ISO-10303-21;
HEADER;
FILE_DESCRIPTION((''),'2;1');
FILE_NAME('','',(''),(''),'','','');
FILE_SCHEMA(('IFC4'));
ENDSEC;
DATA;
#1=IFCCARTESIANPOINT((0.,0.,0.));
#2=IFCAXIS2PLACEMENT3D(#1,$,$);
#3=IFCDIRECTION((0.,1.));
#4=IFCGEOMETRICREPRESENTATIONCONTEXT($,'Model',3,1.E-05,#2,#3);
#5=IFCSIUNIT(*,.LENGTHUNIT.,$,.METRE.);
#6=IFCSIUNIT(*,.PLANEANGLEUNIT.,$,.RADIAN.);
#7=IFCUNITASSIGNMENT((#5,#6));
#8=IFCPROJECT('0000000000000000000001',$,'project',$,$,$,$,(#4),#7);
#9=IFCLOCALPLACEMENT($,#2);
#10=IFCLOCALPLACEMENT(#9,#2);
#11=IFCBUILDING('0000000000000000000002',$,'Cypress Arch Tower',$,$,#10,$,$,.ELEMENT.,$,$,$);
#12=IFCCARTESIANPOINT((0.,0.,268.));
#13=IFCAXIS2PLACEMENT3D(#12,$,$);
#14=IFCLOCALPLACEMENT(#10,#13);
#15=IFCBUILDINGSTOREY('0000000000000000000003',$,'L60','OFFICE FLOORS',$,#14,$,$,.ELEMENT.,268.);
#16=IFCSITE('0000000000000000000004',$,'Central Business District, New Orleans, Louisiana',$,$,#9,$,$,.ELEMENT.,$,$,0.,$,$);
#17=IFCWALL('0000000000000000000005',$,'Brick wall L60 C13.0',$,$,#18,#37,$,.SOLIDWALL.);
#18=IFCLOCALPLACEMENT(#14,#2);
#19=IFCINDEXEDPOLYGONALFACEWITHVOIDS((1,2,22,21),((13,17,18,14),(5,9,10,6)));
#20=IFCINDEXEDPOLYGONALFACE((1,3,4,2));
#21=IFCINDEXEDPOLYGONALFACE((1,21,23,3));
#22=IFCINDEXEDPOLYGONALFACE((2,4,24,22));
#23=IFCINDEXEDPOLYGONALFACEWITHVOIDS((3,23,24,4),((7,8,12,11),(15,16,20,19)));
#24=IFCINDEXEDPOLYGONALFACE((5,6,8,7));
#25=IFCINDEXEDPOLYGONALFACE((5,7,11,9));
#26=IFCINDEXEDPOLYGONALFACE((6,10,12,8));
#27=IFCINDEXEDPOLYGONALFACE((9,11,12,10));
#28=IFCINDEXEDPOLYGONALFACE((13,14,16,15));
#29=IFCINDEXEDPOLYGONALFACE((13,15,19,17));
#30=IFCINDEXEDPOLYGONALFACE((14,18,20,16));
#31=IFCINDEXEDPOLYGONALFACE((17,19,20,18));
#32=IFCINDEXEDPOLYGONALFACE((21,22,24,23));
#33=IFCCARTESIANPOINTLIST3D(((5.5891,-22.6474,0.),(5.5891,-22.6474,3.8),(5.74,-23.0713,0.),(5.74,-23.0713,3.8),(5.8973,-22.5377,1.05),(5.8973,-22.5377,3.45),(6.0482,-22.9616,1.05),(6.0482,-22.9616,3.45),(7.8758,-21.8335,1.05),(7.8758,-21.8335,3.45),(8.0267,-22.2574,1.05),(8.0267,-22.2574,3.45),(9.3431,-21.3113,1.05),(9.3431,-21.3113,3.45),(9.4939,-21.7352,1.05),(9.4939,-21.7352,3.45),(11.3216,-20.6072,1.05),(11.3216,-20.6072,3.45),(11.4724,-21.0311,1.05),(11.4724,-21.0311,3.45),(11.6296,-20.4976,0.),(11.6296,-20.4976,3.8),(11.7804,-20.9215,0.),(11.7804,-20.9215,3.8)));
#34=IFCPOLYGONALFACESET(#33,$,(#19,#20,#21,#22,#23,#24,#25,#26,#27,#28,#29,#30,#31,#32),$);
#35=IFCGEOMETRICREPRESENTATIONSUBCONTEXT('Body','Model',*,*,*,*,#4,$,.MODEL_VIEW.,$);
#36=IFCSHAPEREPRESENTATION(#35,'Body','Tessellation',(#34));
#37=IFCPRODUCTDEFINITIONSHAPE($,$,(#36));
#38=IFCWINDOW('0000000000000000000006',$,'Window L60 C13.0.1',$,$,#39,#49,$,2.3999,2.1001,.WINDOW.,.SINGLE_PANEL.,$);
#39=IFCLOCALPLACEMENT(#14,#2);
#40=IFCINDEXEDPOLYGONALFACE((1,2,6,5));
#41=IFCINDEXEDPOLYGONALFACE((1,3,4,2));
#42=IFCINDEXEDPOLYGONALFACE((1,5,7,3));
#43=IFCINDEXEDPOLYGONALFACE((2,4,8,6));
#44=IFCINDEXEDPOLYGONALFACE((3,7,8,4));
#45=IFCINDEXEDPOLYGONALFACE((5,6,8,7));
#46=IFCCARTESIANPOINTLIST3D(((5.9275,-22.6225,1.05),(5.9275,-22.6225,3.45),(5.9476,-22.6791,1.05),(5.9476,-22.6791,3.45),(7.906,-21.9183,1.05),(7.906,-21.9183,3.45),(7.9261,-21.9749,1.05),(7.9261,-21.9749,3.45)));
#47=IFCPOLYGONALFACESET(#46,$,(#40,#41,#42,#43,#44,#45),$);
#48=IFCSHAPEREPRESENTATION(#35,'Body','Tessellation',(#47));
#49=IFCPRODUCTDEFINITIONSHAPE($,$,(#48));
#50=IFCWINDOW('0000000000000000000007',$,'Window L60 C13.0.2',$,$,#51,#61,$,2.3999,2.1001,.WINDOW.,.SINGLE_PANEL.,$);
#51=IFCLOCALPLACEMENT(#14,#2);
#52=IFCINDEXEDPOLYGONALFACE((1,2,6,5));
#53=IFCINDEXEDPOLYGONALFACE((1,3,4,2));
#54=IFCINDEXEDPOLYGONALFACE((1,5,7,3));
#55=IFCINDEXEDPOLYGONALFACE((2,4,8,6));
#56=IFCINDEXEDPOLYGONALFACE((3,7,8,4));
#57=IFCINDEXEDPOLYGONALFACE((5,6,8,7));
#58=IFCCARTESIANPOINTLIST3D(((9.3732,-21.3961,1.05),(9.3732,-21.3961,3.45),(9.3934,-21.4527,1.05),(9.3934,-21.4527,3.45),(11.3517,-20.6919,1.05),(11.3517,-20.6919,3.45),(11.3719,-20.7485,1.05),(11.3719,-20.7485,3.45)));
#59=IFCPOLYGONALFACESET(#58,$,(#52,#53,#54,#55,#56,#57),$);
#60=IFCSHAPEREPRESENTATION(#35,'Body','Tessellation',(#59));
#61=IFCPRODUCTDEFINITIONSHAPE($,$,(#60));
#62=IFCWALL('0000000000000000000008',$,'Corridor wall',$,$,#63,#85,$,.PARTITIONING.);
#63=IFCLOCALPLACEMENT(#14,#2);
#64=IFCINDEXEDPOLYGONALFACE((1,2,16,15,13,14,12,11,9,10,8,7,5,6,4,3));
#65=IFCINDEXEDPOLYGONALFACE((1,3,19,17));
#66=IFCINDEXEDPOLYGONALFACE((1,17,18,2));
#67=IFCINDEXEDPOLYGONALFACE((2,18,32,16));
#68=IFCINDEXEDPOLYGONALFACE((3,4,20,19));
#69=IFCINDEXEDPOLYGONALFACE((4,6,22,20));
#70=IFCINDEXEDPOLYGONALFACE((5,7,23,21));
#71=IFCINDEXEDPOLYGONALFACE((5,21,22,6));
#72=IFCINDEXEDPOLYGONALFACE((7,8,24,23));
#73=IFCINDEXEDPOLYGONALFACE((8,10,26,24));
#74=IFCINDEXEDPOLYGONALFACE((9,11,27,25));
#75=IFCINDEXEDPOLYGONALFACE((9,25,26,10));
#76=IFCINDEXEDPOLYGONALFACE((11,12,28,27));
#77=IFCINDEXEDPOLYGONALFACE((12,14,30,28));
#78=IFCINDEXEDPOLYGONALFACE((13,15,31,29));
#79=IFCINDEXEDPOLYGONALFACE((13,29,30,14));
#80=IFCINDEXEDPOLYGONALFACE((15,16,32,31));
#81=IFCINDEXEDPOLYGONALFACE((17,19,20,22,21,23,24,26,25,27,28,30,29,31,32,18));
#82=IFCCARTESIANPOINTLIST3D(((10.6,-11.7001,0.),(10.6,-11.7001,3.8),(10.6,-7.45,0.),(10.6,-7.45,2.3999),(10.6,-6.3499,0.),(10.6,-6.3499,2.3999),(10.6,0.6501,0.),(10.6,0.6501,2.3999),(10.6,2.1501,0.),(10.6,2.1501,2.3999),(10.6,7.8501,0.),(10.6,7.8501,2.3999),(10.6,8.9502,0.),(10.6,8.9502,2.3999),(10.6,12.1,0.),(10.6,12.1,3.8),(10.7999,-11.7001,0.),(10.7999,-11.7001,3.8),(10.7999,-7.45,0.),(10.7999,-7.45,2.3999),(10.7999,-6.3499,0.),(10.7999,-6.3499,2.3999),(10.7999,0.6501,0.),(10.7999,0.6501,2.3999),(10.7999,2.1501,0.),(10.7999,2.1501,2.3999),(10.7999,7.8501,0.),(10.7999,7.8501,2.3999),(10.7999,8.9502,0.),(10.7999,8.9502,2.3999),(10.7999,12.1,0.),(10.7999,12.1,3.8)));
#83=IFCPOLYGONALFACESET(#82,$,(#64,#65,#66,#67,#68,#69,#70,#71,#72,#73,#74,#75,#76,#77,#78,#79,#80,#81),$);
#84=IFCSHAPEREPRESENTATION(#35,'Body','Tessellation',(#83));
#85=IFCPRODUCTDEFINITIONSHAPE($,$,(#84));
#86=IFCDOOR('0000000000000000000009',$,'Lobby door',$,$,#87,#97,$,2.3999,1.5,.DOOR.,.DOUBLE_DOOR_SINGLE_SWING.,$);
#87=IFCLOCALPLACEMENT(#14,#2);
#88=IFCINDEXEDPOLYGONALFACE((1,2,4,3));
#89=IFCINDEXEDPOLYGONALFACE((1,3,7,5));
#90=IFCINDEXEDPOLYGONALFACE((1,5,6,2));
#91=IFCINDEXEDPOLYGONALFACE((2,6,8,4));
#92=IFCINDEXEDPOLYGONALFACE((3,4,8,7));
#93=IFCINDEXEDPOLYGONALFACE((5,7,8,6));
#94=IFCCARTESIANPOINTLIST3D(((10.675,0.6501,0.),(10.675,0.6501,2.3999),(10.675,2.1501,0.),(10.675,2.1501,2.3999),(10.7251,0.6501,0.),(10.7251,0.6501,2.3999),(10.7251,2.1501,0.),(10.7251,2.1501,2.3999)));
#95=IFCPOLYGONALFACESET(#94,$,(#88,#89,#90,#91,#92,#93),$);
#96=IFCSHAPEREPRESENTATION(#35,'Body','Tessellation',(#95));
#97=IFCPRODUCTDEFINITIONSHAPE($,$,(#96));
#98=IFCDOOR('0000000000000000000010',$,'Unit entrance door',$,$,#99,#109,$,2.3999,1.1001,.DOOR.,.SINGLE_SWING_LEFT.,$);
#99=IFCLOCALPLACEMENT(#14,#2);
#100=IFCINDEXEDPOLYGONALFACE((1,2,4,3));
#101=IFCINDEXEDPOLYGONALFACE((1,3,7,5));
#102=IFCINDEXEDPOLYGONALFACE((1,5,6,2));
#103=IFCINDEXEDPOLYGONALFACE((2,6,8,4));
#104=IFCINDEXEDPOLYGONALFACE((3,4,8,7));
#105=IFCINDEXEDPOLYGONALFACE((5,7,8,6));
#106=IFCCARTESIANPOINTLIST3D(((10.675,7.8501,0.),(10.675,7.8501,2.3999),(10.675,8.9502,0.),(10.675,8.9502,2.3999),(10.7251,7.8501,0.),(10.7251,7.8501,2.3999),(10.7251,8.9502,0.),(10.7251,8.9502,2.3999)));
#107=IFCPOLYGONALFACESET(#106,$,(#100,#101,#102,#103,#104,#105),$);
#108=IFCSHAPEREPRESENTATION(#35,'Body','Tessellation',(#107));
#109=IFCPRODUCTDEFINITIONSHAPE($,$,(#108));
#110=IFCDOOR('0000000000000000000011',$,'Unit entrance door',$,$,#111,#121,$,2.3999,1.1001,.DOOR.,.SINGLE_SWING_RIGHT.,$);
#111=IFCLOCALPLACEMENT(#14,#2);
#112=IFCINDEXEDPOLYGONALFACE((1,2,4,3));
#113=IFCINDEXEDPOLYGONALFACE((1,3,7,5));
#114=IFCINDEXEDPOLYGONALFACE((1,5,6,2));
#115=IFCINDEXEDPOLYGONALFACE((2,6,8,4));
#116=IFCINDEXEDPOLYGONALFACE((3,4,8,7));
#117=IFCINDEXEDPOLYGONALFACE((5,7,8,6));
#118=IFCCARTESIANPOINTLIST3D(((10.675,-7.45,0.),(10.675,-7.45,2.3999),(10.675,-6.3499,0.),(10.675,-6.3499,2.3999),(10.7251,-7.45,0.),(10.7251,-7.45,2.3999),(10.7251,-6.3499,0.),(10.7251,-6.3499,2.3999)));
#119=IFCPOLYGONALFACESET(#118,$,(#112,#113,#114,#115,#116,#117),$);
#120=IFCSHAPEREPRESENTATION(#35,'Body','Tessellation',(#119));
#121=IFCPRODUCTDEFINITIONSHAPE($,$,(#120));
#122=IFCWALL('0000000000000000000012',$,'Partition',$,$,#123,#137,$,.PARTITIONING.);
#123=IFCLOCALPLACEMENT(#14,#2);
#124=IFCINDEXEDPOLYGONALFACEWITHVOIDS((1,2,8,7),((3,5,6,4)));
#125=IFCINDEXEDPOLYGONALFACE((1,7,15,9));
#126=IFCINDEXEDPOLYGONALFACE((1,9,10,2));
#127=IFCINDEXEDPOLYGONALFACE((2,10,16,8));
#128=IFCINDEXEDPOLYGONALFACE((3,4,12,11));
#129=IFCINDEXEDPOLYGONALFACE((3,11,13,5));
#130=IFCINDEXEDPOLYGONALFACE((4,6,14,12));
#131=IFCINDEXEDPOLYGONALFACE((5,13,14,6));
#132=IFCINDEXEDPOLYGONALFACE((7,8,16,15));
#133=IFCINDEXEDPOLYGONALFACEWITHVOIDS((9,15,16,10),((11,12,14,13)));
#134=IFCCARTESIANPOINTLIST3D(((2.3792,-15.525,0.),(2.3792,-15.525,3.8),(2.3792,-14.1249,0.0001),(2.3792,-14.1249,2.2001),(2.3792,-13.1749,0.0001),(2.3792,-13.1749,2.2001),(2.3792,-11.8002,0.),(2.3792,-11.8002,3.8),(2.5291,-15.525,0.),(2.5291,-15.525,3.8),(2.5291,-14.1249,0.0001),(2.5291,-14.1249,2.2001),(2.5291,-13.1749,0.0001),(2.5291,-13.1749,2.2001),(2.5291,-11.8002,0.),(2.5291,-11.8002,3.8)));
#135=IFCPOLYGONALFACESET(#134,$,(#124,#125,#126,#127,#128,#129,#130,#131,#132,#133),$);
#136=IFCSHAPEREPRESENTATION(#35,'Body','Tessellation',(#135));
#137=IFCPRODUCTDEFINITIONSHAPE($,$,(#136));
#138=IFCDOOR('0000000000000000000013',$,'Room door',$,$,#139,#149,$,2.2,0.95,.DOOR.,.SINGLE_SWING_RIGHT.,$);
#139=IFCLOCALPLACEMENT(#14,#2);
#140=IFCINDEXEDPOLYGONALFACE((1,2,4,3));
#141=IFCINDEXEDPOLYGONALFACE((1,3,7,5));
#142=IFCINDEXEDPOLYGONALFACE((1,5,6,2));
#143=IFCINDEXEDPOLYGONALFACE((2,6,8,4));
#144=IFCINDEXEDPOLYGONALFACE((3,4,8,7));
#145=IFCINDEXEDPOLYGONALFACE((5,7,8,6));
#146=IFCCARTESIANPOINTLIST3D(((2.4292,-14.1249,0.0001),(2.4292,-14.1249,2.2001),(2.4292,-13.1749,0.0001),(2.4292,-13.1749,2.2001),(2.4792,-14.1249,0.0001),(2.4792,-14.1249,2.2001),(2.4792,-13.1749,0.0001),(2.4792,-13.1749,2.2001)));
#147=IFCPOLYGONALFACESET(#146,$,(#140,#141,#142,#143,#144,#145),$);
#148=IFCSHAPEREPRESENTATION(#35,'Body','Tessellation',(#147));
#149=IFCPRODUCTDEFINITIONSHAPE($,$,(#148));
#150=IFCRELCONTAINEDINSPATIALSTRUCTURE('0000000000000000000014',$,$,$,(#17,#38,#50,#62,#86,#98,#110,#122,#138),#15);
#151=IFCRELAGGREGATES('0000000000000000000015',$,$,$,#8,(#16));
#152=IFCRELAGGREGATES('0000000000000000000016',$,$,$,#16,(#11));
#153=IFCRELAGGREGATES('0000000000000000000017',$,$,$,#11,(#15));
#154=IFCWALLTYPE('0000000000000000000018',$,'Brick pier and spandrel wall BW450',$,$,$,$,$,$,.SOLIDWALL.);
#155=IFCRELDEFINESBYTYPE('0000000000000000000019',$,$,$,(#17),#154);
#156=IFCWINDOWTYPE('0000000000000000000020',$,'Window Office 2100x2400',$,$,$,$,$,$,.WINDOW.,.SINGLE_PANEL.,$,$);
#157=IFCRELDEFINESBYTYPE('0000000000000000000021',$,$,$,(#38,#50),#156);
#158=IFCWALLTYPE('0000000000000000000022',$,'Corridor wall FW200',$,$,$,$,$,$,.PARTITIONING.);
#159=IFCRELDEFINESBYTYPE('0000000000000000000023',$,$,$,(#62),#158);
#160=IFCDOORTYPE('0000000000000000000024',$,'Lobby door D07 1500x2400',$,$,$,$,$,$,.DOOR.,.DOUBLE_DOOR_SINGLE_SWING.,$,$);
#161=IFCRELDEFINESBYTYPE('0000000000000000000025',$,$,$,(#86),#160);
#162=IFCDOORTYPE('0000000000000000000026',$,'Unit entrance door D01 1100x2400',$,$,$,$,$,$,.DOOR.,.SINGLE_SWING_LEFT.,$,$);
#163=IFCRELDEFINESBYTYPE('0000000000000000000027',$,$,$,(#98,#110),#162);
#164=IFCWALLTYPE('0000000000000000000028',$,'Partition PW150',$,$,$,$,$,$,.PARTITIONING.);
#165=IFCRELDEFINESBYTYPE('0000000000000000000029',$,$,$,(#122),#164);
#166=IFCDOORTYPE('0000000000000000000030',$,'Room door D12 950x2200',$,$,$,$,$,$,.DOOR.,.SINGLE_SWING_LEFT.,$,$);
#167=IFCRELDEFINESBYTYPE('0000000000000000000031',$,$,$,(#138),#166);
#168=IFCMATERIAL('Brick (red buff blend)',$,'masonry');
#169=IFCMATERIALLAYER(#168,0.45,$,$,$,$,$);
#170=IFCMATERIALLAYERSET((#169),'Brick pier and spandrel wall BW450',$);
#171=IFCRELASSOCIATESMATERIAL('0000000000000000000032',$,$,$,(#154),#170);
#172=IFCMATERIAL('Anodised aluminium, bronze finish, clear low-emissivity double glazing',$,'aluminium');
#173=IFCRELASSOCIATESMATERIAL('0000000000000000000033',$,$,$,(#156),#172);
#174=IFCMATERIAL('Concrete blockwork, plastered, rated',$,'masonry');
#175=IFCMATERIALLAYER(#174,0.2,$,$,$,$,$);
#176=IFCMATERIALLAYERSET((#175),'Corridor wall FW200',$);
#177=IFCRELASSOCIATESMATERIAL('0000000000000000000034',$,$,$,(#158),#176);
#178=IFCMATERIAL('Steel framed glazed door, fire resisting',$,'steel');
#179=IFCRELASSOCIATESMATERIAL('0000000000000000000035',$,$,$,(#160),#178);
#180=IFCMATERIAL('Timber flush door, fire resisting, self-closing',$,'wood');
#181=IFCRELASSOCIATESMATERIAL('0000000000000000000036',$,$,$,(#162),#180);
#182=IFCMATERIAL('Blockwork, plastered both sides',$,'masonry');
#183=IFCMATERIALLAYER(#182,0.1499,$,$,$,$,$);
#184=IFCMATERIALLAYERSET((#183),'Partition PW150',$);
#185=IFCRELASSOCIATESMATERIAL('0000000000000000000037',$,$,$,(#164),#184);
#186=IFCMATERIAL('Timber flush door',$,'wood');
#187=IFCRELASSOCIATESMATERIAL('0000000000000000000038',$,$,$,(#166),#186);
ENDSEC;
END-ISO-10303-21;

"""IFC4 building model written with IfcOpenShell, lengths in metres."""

from ifc_helpers import new_model, si_unit, direction, frame, frame_2d, origin, place, context, subcontext, project, spatial, rectangle, extrude, material, layer, layer_set, type_object, element, fill, save


model = new_model("IFC4")

# Units and contexts
model_context = context("Model", 3, precision=1e-05, world=origin(), true_north=direction((0.0, 1.0)))
body_context = subcontext(model_context, "Body", "Model", "MODEL_VIEW")
ifc_project = project(units=[si_unit("LENGTHUNIT", "METRE"), si_unit("PLANEANGLEUNIT", "RADIAN")], contexts=[model_context])

# Site, building, storey
site_placement = place(None, origin())
site = spatial("IfcSite", under=ifc_project, at=site_placement, Name="Central Business District, New Orleans, Louisiana", CompositionType="ELEMENT", RefElevation=0.0)
building_placement = place(site_placement, origin())
building = spatial("IfcBuilding", under=site, at=building_placement, Name="Cypress Arch Tower", CompositionType="ELEMENT")
storey_placement = place(building_placement, frame((0.0, 0.0, 268.0)))
storey = spatial("IfcBuildingStorey", under=building, at=storey_placement, Name="L60", Description="OFFICE FLOORS", CompositionType="ELEMENT", Elevation=268.0)

# Wall, openings, windows
ifc_material_1 = material(Name="Brick (red buff blend)", Category="masonry")
ifc_layer_1 = layer(ifc_material_1, 0.45)
ifc_layer_set_1 = layer_set([ifc_layer_1], Name="Brick pier and spandrel wall BW450")
wall_type_1 = type_object("IfcWallType", Name="Brick pier and spandrel wall BW450", PredefinedType="SOLIDWALL", material=ifc_layer_set_1)
wall_1_placement = place(storey_placement, frame((5.6646, -22.8594, 0.0), z_axis=(0.0, 0.0, 1.0), x_axis=(0.942108, 0.335309, 0.0)))
wall_1 = element("IfcWall", 1, at=wall_1_placement, inside=storey, type_object=wall_type_1, Name="Brick wall L60 C13.0", PredefinedType="SOLIDWALL", context=body_context, shape_type="SweptSolid", body=[
    extrude(rectangle(XDim=6.4116, YDim=0.45, at=frame_2d((3.2058, 0.0))), origin(), (0.0, 0.0, 1.0), 3.8),
])
opening_1_placement = place(wall_1_placement, frame((0.3271, 0.0, 1.05)))
opening_1 = element("IfcOpeningElement", 2, at=opening_1_placement, cuts=wall_1, PredefinedType="OPENING", context=body_context, shape_type="SweptSolid", body=[
    extrude(rectangle(XDim=2.1001, YDim=2.3999, at=frame_2d((1.05, 1.2))), frame((0.0, 0.2349, 0.0), z_axis=(0.0, -1.0, 0.0), x_axis=(1.0, 0.0, 0.0)), (0.0, 0.0, 1.0), 0.47),
])
opening_2_placement = place(wall_1_placement, frame((3.9846, 0.0, 1.05)))
opening_2 = element("IfcOpeningElement", 3, at=opening_2_placement, cuts=wall_1, PredefinedType="OPENING", context=body_context, shape_type="SweptSolid", body=[
    extrude(rectangle(XDim=2.1001, YDim=2.3999, at=frame_2d((1.05, 1.2))), frame((0.0, 0.2349, 0.0), z_axis=(0.0, -1.0, 0.0), x_axis=(1.0, 0.0, 0.0)), (0.0, 0.0, 1.0), 0.47),
])
ifc_material_2 = material(Name="Anodised aluminium, bronze finish, clear low-emissivity double glazing", Category="aluminium")
window_type = type_object("IfcWindowType", Name="Window Office 2100x2400", PartitioningType="SINGLE_PANEL", PredefinedType="WINDOW", material=ifc_material_2)
window_1_placement = place(opening_1_placement, origin())
window_1 = element("IfcWindow", 4, at=window_1_placement, inside=storey, type_object=window_type, Name="Window L60 C13.0.1", OverallHeight=2.3999, OverallWidth=2.1001, PartitioningType="SINGLE_PANEL", PredefinedType="WINDOW", context=body_context, shape_type="SweptSolid", body=[
    extrude(rectangle(XDim=2.1001, YDim=2.3999, at=frame_2d((1.05, 1.2))), frame((0.0, 0.135, 0.0), z_axis=(0.0, -1.0, 0.0), x_axis=(1.0, 0.0, 0.0)), (0.0, 0.0, 1.0), 0.0601),
])
fill(opening_1, window_1)
window_2_placement = place(opening_2_placement, origin())
window_2 = element("IfcWindow", 5, at=window_2_placement, inside=storey, type_object=window_type, Name="Window L60 C13.0.2", OverallHeight=2.3999, OverallWidth=2.1001, PartitioningType="SINGLE_PANEL", PredefinedType="WINDOW", context=body_context, shape_type="SweptSolid", body=[
    extrude(rectangle(XDim=2.1001, YDim=2.3999, at=frame_2d((1.05, 1.2))), frame((0.0, 0.135, 0.0), z_axis=(0.0, -1.0, 0.0), x_axis=(1.0, 0.0, 0.0)), (0.0, 0.0, 1.0), 0.0601),
])
fill(opening_2, window_2)

# Wall, openings, doors
ifc_material_3 = material(Name="Concrete blockwork, plastered, rated", Category="masonry")
ifc_layer_2 = layer(ifc_material_3, 0.2)
ifc_layer_set_2 = layer_set([ifc_layer_2], Name="Corridor wall FW200")
wall_type_2 = type_object("IfcWallType", Name="Corridor wall FW200", PredefinedType="PARTITIONING", material=ifc_layer_set_2)
wall_2_placement = place(storey_placement, frame((10.7, -11.7, 0.0), z_axis=(0.0, 0.0, 1.0), x_axis=(0.0, 1.0, 0.0)))
wall_2 = element("IfcWall", 6, at=wall_2_placement, inside=storey, type_object=wall_type_2, Name="Corridor wall", PredefinedType="PARTITIONING", context=body_context, shape_type="SweptSolid", body=[
    extrude(rectangle(XDim=23.8, YDim=0.2, at=frame_2d((11.8999, 0.0))), origin(), (0.0, 0.0, 1.0), 3.8),
])
opening_3_placement = place(wall_2_placement, frame((12.3501, 0.0, 0.0)))
opening_3 = element("IfcOpeningElement", 7, at=opening_3_placement, cuts=wall_2, PredefinedType="OPENING", context=body_context, shape_type="SweptSolid", body=[
    extrude(rectangle(XDim=1.5, YDim=2.3999, at=frame_2d((0.75, 1.2))), frame((0.0, 0.1099, 0.0), z_axis=(0.0, -1.0, 0.0), x_axis=(1.0, 0.0, 0.0)), (0.0, 0.0, 1.0), 0.22),
])
opening_4_placement = place(wall_2_placement, frame((19.55, 0.0, 0.0)))
opening_4 = element("IfcOpeningElement", 8, at=opening_4_placement, cuts=wall_2, PredefinedType="OPENING", context=body_context, shape_type="SweptSolid", body=[
    extrude(rectangle(XDim=1.1001, YDim=2.3999, at=frame_2d((0.55, 1.2))), frame((0.0, 0.1099, 0.0), z_axis=(0.0, -1.0, 0.0), x_axis=(1.0, 0.0, 0.0)), (0.0, 0.0, 1.0), 0.22),
])
opening_5_placement = place(wall_2_placement, frame((4.25, 0.0, 0.0)))
opening_5 = element("IfcOpeningElement", 9, at=opening_5_placement, cuts=wall_2, PredefinedType="OPENING", context=body_context, shape_type="SweptSolid", body=[
    extrude(rectangle(XDim=1.1001, YDim=2.3999, at=frame_2d((0.55, 1.2))), frame((0.0, 0.1099, 0.0), z_axis=(0.0, -1.0, 0.0), x_axis=(1.0, 0.0, 0.0)), (0.0, 0.0, 1.0), 0.22),
])
ifc_material_4 = material(Name="Steel framed glazed door, fire resisting", Category="steel")
door_type_1 = type_object("IfcDoorType", Name="Lobby door D07 1500x2400", OperationType="DOUBLE_DOOR_SINGLE_SWING", PredefinedType="DOOR", material=ifc_material_4)
door_1_placement = place(opening_3_placement, origin())
door_1 = element("IfcDoor", 10, at=door_1_placement, inside=storey, type_object=door_type_1, Name="Lobby door", OperationType="DOUBLE_DOOR_SINGLE_SWING", OverallHeight=2.3999, OverallWidth=1.5, PredefinedType="DOOR", context=body_context, shape_type="SweptSolid", body=[
    extrude(rectangle(XDim=1.5, YDim=2.3999, at=frame_2d((0.75, 1.2))), frame((0.0, 0.0249, 0.0), z_axis=(0.0, -1.0, 0.0), x_axis=(1.0, 0.0, 0.0)), (0.0, 0.0, 1.0), 0.05),
])
fill(opening_3, door_1)
ifc_material_5 = material(Name="Timber flush door, fire resisting, self-closing", Category="wood")
door_type_2 = type_object("IfcDoorType", Name="Unit entrance door D01 1100x2400", OperationType="SINGLE_SWING_LEFT", PredefinedType="DOOR", material=ifc_material_5)
door_2_placement = place(opening_4_placement, origin())
door_2 = element("IfcDoor", 11, at=door_2_placement, inside=storey, type_object=door_type_2, Name="Unit entrance door", OperationType="SINGLE_SWING_LEFT", OverallHeight=2.3999, OverallWidth=1.1001, PredefinedType="DOOR", context=body_context, shape_type="SweptSolid", body=[
    extrude(rectangle(XDim=1.1001, YDim=2.3999, at=frame_2d((0.55, 1.2))), frame((0.0, 0.0249, 0.0), z_axis=(0.0, -1.0, 0.0), x_axis=(1.0, 0.0, 0.0)), (0.0, 0.0, 1.0), 0.05),
])
fill(opening_4, door_2)
door_3_placement = place(opening_5_placement, origin())
door_3 = element("IfcDoor", 12, at=door_3_placement, inside=storey, type_object=door_type_2, Name="Unit entrance door", OperationType="SINGLE_SWING_RIGHT", OverallHeight=2.3999, OverallWidth=1.1001, PredefinedType="DOOR", context=body_context, shape_type="SweptSolid", body=[
    extrude(rectangle(XDim=1.1001, YDim=2.3999, at=frame_2d((0.55, 1.2))), frame((0.0, 0.0249, 0.0), z_axis=(0.0, -1.0, 0.0), x_axis=(1.0, 0.0, 0.0)), (0.0, 0.0, 1.0), 0.05),
])
fill(opening_5, door_3)

# Wall, opening, door
ifc_material_6 = material(Name="Blockwork, plastered both sides", Category="masonry")
ifc_layer_3 = layer(ifc_material_6, 0.1499)
ifc_layer_set_3 = layer_set([ifc_layer_3], Name="Partition PW150")
wall_type_3 = type_object("IfcWallType", Name="Partition PW150", PredefinedType="PARTITIONING", material=ifc_layer_set_3)
wall_3_placement = place(storey_placement, frame((2.4541, -15.5249, 0.0), z_axis=(0.0, 0.0, 1.0), x_axis=(0.0, 1.0, 0.0)))
wall_3 = element("IfcWall", 13, at=wall_3_placement, inside=storey, type_object=wall_type_3, Name="Partition", PredefinedType="PARTITIONING", context=body_context, shape_type="SweptSolid", body=[
    extrude(rectangle(XDim=3.7249, YDim=0.1499, at=frame_2d((1.8623, 0.0))), origin(), (0.0, 0.0, 1.0), 3.8),
])
opening_6_placement = place(wall_3_placement, frame((1.3999, 0.0, 0.0)))
opening_6 = element("IfcOpeningElement", 14, at=opening_6_placement, cuts=wall_3, PredefinedType="OPENING", context=body_context, shape_type="SweptSolid", body=[
    extrude(rectangle(XDim=0.95, YDim=2.2, at=frame_2d((0.4751, 1.1001))), frame((0.0, 0.085, 0.0), z_axis=(0.0, -1.0, 0.0), x_axis=(1.0, 0.0, 0.0)), (0.0, 0.0, 1.0), 0.1699),
])
ifc_material_7 = material(Name="Timber flush door", Category="wood")
door_type_3 = type_object("IfcDoorType", Name="Room door D12 950x2200", OperationType="SINGLE_SWING_LEFT", PredefinedType="DOOR", material=ifc_material_7)
door_4_placement = place(opening_6_placement, origin())
door_4 = element("IfcDoor", 15, at=door_4_placement, inside=storey, type_object=door_type_3, Name="Room door", OperationType="SINGLE_SWING_RIGHT", OverallHeight=2.2, OverallWidth=0.95, PredefinedType="DOOR", context=body_context, shape_type="SweptSolid", body=[
    extrude(rectangle(XDim=0.95, YDim=2.2, at=frame_2d((0.4751, 1.1001))), frame((0.0, 0.0249, 0.0), z_axis=(0.0, -1.0, 0.0), x_axis=(1.0, 0.0, 0.0)), (0.0, 0.0, 1.0), 0.05),
])
fill(opening_6, door_4)

save(model, "model.ifc")
